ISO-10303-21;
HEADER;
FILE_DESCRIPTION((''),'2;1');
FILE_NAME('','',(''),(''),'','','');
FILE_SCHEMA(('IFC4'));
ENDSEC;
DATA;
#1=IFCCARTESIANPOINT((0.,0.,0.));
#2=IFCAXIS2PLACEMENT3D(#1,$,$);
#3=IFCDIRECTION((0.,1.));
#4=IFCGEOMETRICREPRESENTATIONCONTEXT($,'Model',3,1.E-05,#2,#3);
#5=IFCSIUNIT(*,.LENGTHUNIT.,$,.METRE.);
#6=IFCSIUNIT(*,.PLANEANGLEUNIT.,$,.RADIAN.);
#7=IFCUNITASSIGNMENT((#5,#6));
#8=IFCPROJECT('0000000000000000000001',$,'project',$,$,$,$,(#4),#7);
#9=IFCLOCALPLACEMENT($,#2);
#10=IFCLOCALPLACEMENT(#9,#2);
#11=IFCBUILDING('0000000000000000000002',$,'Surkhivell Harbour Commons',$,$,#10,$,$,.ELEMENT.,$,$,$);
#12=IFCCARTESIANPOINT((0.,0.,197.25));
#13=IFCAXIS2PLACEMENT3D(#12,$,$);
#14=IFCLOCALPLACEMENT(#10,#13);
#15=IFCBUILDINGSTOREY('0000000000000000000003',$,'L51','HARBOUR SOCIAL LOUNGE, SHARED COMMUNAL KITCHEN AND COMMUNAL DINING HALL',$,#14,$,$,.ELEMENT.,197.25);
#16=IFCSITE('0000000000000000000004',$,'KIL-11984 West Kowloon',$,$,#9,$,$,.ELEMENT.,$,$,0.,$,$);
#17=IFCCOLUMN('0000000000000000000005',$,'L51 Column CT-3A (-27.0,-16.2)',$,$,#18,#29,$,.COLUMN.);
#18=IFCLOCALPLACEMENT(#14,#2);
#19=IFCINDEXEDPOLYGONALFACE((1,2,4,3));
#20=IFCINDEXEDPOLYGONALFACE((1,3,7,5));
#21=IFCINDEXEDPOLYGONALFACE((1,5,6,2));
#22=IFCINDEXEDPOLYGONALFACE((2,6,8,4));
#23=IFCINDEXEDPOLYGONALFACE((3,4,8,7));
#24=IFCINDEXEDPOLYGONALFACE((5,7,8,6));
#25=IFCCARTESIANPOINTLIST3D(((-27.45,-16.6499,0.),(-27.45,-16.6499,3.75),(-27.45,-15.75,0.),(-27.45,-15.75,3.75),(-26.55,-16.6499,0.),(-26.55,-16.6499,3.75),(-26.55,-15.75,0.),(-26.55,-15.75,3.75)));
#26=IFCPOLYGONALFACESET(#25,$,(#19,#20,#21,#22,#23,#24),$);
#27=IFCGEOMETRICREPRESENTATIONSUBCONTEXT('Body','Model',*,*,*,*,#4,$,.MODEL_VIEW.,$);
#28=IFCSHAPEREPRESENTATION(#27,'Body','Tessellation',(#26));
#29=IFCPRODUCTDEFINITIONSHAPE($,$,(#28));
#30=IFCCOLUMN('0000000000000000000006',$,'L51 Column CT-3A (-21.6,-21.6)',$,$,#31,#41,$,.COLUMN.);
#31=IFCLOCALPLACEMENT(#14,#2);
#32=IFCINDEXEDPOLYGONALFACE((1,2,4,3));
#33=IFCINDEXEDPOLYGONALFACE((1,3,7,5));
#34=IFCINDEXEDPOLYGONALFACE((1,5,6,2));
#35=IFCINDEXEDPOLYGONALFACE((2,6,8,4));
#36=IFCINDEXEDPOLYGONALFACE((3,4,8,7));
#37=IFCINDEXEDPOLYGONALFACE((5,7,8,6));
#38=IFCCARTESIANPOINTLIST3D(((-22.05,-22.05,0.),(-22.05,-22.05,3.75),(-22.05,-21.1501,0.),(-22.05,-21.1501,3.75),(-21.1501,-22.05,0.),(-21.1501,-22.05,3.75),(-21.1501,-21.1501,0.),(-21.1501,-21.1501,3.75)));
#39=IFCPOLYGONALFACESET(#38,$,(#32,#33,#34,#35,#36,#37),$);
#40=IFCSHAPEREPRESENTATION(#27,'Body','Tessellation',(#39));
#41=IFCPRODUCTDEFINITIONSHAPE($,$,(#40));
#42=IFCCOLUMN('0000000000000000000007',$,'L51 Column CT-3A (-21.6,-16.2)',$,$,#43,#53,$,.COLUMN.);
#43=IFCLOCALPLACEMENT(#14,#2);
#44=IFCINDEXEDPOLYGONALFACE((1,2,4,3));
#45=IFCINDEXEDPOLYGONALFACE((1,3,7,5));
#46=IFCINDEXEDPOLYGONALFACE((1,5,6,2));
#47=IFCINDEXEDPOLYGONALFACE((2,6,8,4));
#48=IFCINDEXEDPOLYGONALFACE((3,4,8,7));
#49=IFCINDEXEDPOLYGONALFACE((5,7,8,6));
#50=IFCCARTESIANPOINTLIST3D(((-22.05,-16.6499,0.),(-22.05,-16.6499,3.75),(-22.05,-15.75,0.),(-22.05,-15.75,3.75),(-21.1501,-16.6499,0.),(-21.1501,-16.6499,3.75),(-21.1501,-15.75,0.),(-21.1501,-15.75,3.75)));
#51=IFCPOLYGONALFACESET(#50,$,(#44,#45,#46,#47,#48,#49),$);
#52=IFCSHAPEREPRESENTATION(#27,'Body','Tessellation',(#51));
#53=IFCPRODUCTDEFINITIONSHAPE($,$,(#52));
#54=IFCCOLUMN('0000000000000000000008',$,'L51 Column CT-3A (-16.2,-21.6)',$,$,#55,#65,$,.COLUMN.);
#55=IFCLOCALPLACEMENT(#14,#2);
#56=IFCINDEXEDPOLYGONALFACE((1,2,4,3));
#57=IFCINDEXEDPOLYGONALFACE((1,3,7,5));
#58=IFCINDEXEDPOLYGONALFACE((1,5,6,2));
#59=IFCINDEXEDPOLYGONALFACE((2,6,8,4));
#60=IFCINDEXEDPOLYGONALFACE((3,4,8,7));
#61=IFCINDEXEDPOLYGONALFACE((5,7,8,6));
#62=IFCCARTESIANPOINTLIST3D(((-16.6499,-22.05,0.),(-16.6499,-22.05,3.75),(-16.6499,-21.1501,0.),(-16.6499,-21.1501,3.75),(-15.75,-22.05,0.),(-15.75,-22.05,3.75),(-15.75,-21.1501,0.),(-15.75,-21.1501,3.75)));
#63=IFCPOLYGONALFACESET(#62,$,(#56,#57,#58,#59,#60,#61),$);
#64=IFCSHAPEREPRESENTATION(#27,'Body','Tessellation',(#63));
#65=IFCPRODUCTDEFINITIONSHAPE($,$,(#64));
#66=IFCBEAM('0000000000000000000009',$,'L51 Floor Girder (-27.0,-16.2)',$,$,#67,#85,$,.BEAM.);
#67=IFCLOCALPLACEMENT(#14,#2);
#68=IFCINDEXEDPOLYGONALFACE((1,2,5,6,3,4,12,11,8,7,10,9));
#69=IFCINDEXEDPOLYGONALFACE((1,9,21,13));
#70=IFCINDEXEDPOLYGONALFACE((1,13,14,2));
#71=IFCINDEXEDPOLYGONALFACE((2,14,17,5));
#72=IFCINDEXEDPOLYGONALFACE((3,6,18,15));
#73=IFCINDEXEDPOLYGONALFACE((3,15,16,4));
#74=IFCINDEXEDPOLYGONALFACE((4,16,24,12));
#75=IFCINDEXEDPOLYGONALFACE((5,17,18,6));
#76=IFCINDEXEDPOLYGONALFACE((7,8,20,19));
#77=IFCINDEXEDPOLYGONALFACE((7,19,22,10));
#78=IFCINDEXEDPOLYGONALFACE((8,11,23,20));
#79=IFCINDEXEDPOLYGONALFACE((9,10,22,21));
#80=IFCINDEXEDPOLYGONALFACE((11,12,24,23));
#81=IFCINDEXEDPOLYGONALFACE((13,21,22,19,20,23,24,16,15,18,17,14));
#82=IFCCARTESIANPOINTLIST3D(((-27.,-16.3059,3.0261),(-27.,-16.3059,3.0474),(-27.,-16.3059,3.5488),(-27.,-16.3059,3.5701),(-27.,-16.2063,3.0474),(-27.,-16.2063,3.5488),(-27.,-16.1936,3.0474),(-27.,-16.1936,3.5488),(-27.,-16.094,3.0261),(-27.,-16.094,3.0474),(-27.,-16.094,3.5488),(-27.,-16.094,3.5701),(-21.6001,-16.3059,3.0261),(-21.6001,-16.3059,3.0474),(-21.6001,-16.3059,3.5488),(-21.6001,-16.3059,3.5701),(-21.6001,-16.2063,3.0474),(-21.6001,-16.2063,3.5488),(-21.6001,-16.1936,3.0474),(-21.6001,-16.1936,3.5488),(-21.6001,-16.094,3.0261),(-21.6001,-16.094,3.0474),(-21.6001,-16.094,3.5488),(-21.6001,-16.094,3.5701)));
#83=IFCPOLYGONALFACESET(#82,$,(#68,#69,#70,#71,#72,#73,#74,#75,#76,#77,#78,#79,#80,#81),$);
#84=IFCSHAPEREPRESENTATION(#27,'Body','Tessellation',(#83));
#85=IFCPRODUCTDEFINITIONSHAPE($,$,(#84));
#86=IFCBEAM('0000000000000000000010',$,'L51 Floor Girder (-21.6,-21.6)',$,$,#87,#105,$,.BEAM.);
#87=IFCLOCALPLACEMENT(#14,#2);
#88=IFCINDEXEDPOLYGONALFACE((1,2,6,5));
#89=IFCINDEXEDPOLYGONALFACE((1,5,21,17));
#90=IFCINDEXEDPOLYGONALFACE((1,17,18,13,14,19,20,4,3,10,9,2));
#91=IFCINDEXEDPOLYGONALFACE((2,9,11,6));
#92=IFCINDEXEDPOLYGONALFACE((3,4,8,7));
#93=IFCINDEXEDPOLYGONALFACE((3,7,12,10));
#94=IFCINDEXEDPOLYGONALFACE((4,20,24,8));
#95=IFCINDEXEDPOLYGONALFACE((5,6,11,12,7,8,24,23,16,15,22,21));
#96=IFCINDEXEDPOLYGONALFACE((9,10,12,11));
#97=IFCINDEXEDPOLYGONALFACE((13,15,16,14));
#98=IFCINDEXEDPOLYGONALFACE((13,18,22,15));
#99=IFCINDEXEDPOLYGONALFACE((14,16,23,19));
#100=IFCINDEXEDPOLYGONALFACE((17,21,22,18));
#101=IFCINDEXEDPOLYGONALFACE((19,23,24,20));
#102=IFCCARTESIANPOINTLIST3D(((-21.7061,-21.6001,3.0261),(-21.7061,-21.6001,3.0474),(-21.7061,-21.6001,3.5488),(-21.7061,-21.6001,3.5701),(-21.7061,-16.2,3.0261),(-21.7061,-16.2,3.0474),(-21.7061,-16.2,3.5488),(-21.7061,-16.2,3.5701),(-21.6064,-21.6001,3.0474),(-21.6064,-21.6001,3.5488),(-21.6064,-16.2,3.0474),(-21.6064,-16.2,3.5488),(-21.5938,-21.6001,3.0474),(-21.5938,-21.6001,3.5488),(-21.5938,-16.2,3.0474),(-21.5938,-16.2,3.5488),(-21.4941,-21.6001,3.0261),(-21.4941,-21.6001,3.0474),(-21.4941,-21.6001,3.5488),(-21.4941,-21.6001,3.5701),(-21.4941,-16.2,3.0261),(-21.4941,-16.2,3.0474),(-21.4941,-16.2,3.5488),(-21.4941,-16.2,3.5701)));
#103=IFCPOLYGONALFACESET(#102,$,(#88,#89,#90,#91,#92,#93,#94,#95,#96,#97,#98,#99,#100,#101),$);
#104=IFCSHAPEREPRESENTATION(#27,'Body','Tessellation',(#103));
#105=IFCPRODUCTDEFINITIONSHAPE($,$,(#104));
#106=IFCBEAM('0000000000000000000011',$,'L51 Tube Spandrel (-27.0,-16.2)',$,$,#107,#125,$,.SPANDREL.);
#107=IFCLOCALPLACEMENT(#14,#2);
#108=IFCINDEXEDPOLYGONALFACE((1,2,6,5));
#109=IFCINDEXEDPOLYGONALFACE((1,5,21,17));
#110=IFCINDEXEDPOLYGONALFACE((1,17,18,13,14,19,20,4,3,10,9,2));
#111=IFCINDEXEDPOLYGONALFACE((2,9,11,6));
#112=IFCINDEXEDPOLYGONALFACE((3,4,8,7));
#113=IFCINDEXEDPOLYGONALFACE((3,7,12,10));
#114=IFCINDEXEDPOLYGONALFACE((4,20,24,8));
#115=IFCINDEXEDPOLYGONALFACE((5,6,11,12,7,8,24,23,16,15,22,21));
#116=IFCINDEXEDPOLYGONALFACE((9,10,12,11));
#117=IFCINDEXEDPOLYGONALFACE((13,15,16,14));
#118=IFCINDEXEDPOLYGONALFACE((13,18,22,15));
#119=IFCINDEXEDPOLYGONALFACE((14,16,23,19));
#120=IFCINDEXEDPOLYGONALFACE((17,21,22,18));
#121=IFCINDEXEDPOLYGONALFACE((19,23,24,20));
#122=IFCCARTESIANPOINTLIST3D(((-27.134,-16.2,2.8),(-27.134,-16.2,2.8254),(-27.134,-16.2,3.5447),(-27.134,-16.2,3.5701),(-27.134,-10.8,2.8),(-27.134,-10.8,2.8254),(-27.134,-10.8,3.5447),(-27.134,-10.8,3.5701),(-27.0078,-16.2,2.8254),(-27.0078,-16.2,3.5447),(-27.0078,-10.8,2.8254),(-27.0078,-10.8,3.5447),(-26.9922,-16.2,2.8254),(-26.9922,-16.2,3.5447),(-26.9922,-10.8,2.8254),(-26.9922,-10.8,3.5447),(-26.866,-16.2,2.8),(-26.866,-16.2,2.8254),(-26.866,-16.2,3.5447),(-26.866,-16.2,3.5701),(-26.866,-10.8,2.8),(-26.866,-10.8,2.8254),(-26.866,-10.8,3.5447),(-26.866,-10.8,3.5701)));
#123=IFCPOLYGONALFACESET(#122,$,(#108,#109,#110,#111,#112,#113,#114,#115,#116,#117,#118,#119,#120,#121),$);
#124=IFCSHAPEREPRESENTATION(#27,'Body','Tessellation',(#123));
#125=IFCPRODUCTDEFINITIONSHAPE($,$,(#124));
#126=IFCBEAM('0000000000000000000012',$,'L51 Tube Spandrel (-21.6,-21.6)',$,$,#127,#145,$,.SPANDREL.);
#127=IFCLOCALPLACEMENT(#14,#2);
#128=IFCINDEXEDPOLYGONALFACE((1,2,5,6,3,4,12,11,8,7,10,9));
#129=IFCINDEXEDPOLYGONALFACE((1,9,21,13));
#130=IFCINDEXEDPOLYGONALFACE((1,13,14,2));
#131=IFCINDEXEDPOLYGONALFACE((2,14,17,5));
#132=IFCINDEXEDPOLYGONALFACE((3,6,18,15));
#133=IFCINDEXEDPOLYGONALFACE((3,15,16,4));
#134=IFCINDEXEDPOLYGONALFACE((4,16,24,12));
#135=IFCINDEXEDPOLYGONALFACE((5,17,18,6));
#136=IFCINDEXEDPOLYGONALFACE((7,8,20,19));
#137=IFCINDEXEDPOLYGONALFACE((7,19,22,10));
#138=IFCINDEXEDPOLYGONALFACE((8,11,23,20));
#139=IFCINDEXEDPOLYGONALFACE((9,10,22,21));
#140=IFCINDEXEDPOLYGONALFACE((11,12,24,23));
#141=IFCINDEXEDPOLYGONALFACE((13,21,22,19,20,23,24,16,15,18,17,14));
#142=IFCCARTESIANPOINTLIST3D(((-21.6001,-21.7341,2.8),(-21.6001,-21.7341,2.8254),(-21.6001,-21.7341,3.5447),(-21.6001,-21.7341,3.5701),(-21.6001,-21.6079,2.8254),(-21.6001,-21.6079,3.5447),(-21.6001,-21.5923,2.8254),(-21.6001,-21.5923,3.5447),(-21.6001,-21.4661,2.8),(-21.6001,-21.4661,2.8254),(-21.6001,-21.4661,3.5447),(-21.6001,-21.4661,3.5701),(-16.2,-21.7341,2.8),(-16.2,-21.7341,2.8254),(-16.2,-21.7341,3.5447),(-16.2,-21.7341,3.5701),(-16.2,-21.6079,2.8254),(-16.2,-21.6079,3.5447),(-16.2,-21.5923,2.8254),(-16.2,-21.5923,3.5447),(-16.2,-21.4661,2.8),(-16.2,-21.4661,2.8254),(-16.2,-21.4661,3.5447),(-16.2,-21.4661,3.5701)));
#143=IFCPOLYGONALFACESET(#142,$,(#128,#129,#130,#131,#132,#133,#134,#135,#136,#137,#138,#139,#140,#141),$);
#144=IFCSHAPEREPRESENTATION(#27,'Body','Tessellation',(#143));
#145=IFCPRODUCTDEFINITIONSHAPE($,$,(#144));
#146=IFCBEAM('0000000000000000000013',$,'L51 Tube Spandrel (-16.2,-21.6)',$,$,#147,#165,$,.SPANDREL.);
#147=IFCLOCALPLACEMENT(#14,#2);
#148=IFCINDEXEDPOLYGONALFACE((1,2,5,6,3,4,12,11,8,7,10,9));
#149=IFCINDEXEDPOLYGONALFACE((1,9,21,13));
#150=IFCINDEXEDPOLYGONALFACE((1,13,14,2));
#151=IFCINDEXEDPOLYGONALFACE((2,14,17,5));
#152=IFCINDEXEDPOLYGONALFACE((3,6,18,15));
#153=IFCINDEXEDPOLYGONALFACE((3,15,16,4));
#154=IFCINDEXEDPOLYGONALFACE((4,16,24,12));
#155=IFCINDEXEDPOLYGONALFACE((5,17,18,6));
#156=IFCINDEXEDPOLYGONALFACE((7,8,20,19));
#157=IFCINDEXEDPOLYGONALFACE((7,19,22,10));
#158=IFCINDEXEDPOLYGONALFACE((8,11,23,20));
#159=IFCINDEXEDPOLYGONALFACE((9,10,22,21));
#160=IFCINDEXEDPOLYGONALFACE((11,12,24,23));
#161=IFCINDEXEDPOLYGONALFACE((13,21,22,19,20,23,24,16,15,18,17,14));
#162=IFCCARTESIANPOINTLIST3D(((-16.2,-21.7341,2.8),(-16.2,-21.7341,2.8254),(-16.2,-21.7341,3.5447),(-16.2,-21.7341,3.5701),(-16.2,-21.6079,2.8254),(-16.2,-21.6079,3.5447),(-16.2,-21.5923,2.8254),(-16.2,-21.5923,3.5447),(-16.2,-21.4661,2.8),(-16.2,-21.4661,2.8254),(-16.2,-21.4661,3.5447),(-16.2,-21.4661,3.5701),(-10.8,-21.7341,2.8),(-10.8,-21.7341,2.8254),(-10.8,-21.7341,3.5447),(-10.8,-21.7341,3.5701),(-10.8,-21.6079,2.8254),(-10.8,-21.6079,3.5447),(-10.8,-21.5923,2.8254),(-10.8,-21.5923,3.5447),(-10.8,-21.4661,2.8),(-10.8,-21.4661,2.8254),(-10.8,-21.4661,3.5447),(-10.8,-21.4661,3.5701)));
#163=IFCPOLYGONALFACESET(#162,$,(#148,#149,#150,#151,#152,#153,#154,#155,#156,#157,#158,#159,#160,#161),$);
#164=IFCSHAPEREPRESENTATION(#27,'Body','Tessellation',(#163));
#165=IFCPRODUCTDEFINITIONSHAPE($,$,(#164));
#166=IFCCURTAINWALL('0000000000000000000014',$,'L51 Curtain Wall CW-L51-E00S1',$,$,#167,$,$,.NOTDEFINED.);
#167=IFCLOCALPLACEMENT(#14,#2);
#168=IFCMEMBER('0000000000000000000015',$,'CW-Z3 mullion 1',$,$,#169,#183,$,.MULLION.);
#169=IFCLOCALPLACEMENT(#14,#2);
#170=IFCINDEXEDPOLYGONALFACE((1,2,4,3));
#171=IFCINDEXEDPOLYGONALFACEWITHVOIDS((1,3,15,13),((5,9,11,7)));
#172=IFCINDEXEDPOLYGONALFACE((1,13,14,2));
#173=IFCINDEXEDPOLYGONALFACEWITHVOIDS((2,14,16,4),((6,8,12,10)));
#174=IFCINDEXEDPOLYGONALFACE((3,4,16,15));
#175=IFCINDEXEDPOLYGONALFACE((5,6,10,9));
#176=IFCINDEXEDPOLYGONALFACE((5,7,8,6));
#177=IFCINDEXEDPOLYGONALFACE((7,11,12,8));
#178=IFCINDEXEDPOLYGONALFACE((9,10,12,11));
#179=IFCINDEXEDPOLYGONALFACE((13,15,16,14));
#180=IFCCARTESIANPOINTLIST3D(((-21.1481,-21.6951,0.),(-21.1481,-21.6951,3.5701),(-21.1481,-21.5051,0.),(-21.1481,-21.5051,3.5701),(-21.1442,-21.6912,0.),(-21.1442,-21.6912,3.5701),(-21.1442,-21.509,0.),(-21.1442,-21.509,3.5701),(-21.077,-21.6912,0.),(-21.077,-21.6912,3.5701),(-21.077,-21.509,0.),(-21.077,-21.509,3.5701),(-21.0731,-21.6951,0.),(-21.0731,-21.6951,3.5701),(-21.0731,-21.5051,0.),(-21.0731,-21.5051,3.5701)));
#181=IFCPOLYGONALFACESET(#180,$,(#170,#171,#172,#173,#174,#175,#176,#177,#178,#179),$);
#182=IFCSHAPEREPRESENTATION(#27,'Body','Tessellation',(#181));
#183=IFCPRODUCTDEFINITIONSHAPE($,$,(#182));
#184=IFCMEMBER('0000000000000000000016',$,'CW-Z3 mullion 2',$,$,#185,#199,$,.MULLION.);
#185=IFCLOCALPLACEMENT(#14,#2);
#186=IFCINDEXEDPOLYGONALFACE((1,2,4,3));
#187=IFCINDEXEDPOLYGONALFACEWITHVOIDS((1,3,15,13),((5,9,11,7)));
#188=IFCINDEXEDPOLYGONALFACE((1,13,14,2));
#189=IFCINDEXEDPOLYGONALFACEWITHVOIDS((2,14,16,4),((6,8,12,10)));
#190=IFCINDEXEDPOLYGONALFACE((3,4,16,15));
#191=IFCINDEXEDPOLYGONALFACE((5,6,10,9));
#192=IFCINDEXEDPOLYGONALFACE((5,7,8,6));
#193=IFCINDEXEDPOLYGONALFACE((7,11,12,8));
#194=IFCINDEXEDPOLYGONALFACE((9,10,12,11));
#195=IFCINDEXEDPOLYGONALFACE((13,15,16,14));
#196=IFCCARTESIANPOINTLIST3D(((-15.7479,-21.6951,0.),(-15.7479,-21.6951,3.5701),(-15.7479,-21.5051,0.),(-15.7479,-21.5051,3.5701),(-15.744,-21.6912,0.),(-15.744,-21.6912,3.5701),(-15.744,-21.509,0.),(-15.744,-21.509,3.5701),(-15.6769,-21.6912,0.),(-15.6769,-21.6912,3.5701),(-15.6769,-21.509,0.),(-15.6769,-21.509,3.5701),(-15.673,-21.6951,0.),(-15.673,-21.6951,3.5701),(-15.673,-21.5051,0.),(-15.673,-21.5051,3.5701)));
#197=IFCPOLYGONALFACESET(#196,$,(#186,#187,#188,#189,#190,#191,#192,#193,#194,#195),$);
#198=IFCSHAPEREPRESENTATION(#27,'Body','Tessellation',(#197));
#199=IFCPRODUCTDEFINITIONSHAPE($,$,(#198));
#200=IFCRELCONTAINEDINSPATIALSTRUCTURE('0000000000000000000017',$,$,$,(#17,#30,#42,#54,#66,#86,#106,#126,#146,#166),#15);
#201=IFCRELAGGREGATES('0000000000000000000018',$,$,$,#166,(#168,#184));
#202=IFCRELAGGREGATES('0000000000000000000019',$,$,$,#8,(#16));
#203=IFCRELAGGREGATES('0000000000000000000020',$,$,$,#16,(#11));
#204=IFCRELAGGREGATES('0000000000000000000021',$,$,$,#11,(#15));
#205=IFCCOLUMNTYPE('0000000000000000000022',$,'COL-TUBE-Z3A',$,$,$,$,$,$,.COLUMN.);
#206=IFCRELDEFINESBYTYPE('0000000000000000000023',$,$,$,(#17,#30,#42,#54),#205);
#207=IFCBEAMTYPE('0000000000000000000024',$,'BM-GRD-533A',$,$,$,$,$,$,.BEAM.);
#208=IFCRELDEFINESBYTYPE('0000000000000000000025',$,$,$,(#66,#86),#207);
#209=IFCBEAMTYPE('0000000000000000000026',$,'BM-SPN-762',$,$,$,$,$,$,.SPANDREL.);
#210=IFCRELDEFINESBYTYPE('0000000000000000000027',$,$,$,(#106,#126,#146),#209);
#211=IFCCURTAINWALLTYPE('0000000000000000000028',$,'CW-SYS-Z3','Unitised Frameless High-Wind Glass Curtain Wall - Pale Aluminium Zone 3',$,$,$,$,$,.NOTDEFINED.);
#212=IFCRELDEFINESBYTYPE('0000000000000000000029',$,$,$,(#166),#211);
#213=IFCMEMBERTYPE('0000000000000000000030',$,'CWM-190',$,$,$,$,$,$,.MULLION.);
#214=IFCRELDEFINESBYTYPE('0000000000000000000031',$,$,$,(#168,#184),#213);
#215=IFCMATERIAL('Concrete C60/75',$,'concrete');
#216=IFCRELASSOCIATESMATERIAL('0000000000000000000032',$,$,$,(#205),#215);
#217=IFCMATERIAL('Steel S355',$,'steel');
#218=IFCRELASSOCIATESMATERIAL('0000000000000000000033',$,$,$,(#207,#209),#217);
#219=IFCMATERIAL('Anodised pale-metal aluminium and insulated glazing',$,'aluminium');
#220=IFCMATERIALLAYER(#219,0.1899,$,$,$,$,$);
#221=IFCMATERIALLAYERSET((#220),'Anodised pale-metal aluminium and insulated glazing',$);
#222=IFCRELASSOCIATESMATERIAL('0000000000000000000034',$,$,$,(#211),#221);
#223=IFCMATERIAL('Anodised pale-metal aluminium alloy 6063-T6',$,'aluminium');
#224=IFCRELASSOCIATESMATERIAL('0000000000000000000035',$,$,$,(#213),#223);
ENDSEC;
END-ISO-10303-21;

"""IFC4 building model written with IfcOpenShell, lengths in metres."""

from ifc_helpers import new_model, si_unit, direction, frame, origin, origin_2d, place, context, subcontext, project, spatial, rectangle, hollow_rectangle, i_section, extrude, material, layer, layer_set, material_profile, profile_set, type_object, element, aggregate, save


model = new_model("IFC4")

# Units and contexts
model_context = context("Model", 3, precision=1e-05, world=origin(), true_north=direction((0.0, 1.0)))
body_context = subcontext(model_context, "Body", "Model", "MODEL_VIEW")
ifc_project = project(units=[si_unit("LENGTHUNIT", "METRE"), si_unit("PLANEANGLEUNIT", "RADIAN")], contexts=[model_context])

# Site, building, storey
site_placement = place(None, origin())
site = spatial("IfcSite", under=ifc_project, at=site_placement, Name="KIL-11984 West Kowloon", CompositionType="ELEMENT", RefElevation=0.0)
building_placement = place(site_placement, origin())
building = spatial("IfcBuilding", under=site, at=building_placement, Name="Surkhivell Harbour Commons", CompositionType="ELEMENT")
storey_placement = place(building_placement, frame((0.0, 0.0, 197.25)))
storey = spatial("IfcBuildingStorey", under=building, at=storey_placement, Name="L51", Description="HARBOUR SOCIAL LOUNGE, SHARED COMMUNAL KITCHEN AND COMMUNAL DINING HALL", CompositionType="ELEMENT", Elevation=197.25)

# Columns
ifc_material_1 = material(Name="Concrete C60/75", Category="concrete")
ifc_material_profile_1 = material_profile(ifc_material_1, rectangle(XDim=0.8999, YDim=0.8999, at=origin_2d()), Name="RC-COL-900x900")
ifc_profile_set_1 = profile_set([ifc_material_profile_1], Name="Concrete C60/75")
column_type = type_object("IfcColumnType", Name="COL-TUBE-Z3A", PredefinedType="COLUMN", material=ifc_profile_set_1)
for number, where, z_axis, x_axis, name in (
    (1, (-27.0, -16.2, 0.0), (0.0, 0.0, 1.0), (1.0, 0.0, 0.0), "L51 Column CT-3A (-27.0,-16.2)"),
    (2, (-21.6001, -21.6001, 0.0), (0.0, 0.0, 1.0), (1.0, 0.0, 0.0), "L51 Column CT-3A (-21.6,-21.6)"),
    (3, (-21.6001, -16.2, 0.0), (0.0, 0.0, 1.0), (1.0, 0.0, 0.0), "L51 Column CT-3A (-21.6,-16.2)"),
    (4, (-16.2, -21.6001, 0.0), (0.0, 0.0, 1.0), (1.0, 0.0, 0.0), "L51 Column CT-3A (-16.2,-21.6)"),
):
    element("IfcColumn", number, at=place(storey_placement, frame(where, z_axis=z_axis, x_axis=x_axis)), inside=storey, type_object=column_type, Name=name, PredefinedType="COLUMN", context=body_context, shape_type="SweptSolid", body=[
        extrude(rectangle(XDim=0.8999, YDim=0.8999, at=origin_2d()), origin(), (0.0, 0.0, 1.0), 3.75),
    ])

# Beams
ifc_material_2 = material(Name="Steel S355", Category="steel")
ifc_material_profile_2 = material_profile(ifc_material_2, i_section(OverallWidth=0.2119, OverallDepth=0.5439, WebThickness=0.0127, FlangeThickness=0.0212, at=origin_2d()), Name="UB533x210x122")
ifc_profile_set_2 = profile_set([ifc_material_profile_2], Name="Steel S355")
beam_type_1 = type_object("IfcBeamType", Name="BM-GRD-533A", PredefinedType="BEAM", material=ifc_profile_set_2)
beam_1_placement = place(storey_placement, frame((-27.0, -16.2, 3.2981), z_axis=(1.0, 0.0, 0.0), x_axis=(0.0, 1.0, 0.0)))
element("IfcBeam", 5, at=beam_1_placement, inside=storey, type_object=beam_type_1, Name="L51 Floor Girder (-27.0,-16.2)", PredefinedType="BEAM", context=body_context, shape_type="SweptSolid", body=[
    extrude(i_section(OverallWidth=0.2119, OverallDepth=0.5439, WebThickness=0.0127, FlangeThickness=0.0212, at=origin_2d()), origin(), (0.0, 0.0, 1.0), 5.3999),
])
beam_2_placement = place(storey_placement, frame((-21.6001, -21.6001, 3.2981), z_axis=(0.0, 1.0, 0.0), x_axis=(-1.0, 0.0, 0.0)))
element("IfcBeam", 6, at=beam_2_placement, inside=storey, type_object=beam_type_1, Name="L51 Floor Girder (-21.6,-21.6)", PredefinedType="BEAM", context=body_context, shape_type="SweptSolid", body=[
    extrude(i_section(OverallWidth=0.2119, OverallDepth=0.5439, WebThickness=0.0127, FlangeThickness=0.0212, at=origin_2d()), origin(), (0.0, 0.0, 1.0), 5.4001),
])
ifc_material_profile_3 = material_profile(ifc_material_2, i_section(OverallWidth=0.2681, OverallDepth=0.77, WebThickness=0.0156, FlangeThickness=0.0254, at=origin_2d()), Name="UB762x267x197")
ifc_profile_set_3 = profile_set([ifc_material_profile_3], Name="Steel S355")
beam_type_2 = type_object("IfcBeamType", Name="BM-SPN-762", PredefinedType="SPANDREL", material=ifc_profile_set_3)
beam_3_placement = place(storey_placement, frame((-27.0, -16.2, 3.1851), z_axis=(0.0, 1.0, 0.0), x_axis=(-1.0, 0.0, 0.0)))
element("IfcBeam", 7, at=beam_3_placement, inside=storey, type_object=beam_type_2, Name="L51 Tube Spandrel (-27.0,-16.2)", PredefinedType="SPANDREL", context=body_context, shape_type="SweptSolid", body=[
    extrude(i_section(OverallWidth=0.2681, OverallDepth=0.77, WebThickness=0.0156, FlangeThickness=0.0254, at=origin_2d()), origin(), (0.0, 0.0, 1.0), 5.3999),
])
beam_4_placement = place(storey_placement, frame((-21.6001, -21.6001, 3.1851), z_axis=(1.0, 0.0, 0.0), x_axis=(0.0, 1.0, 0.0)))
element("IfcBeam", 8, at=beam_4_placement, inside=storey, type_object=beam_type_2, Name="L51 Tube Spandrel (-21.6,-21.6)", PredefinedType="SPANDREL", context=body_context, shape_type="SweptSolid", body=[
    extrude(i_section(OverallWidth=0.2681, OverallDepth=0.77, WebThickness=0.0156, FlangeThickness=0.0254, at=origin_2d()), origin(), (0.0, 0.0, 1.0), 5.4001),
])
beam_5_placement = place(storey_placement, frame((-16.2, -21.6001, 3.1851), z_axis=(1.0, 0.0, 0.0), x_axis=(0.0, 1.0, 0.0)))
element("IfcBeam", 9, at=beam_5_placement, inside=storey, type_object=beam_type_2, Name="L51 Tube Spandrel (-16.2,-21.6)", PredefinedType="SPANDREL", context=body_context, shape_type="SweptSolid", body=[
    extrude(i_section(OverallWidth=0.2681, OverallDepth=0.77, WebThickness=0.0156, FlangeThickness=0.0254, at=origin_2d()), origin(), (0.0, 0.0, 1.0), 5.3999),
])

# Curtain wall, members
ifc_material_3 = material(Name="Anodised pale-metal aluminium and insulated glazing", Category="aluminium")
ifc_layer_1 = layer(ifc_material_3, 0.1899)
ifc_layer_set_1 = layer_set([ifc_layer_1], Name="Anodised pale-metal aluminium and insulated glazing")
curtain_wall_type = type_object("IfcCurtainWallType", Name="CW-SYS-Z3", Description="Unitised Frameless High-Wind Glass Curtain Wall - Pale Aluminium Zone 3", PredefinedType="NOTDEFINED", material=ifc_layer_set_1)
curtain_wall_placement = place(storey_placement, origin())
curtain_wall = element("IfcCurtainWall", 10, at=curtain_wall_placement, inside=storey, type_object=curtain_wall_type, Name="L51 Curtain Wall CW-L51-E00S1", PredefinedType="NOTDEFINED")
ifc_material_4 = material(Name="Anodised pale-metal aluminium alloy 6063-T6", Category="aluminium")
ifc_material_profile_4 = material_profile(ifc_material_4, hollow_rectangle(XDim=0.075, YDim=0.1899, WallThickness=0.0039, at=origin_2d()), Name="ALU-MULL-75x190")
ifc_profile_set_4 = profile_set([ifc_material_profile_4], Name="Anodised pale-metal aluminium alloy 6063-T6")
member_type_1 = type_object("IfcMemberType", Name="CWM-190", PredefinedType="MULLION", material=ifc_profile_set_4)
member_1_placement = place(storey_placement, frame((-21.1106, -21.6001, 0.0), z_axis=(0.0, 0.0, 1.0), x_axis=(1.0, 0.0, 0.0)))
member_1 = element("IfcMember", 11, at=member_1_placement, type_object=member_type_1, Name="CW-Z3 mullion 1", PredefinedType="MULLION", context=body_context, shape_type="SweptSolid", body=[
    extrude(hollow_rectangle(XDim=0.075, YDim=0.1899, WallThickness=0.0039, at=origin_2d()), origin(), (0.0, 0.0, 1.0), 3.5701),
])
member_2_placement = place(storey_placement, frame((-15.7104, -21.6001, 0.0), z_axis=(0.0, 0.0, 1.0), x_axis=(1.0, 0.0, 0.0)))
member_2 = element("IfcMember", 12, at=member_2_placement, type_object=member_type_1, Name="CW-Z3 mullion 2", PredefinedType="MULLION", context=body_context, shape_type="SweptSolid", body=[
    extrude(hollow_rectangle(XDim=0.075, YDim=0.1899, WallThickness=0.0039, at=origin_2d()), origin(), (0.0, 0.0, 1.0), 3.5701),
])
aggregate(curtain_wall, [member_1, member_2])

save(model, "model.ifc")
